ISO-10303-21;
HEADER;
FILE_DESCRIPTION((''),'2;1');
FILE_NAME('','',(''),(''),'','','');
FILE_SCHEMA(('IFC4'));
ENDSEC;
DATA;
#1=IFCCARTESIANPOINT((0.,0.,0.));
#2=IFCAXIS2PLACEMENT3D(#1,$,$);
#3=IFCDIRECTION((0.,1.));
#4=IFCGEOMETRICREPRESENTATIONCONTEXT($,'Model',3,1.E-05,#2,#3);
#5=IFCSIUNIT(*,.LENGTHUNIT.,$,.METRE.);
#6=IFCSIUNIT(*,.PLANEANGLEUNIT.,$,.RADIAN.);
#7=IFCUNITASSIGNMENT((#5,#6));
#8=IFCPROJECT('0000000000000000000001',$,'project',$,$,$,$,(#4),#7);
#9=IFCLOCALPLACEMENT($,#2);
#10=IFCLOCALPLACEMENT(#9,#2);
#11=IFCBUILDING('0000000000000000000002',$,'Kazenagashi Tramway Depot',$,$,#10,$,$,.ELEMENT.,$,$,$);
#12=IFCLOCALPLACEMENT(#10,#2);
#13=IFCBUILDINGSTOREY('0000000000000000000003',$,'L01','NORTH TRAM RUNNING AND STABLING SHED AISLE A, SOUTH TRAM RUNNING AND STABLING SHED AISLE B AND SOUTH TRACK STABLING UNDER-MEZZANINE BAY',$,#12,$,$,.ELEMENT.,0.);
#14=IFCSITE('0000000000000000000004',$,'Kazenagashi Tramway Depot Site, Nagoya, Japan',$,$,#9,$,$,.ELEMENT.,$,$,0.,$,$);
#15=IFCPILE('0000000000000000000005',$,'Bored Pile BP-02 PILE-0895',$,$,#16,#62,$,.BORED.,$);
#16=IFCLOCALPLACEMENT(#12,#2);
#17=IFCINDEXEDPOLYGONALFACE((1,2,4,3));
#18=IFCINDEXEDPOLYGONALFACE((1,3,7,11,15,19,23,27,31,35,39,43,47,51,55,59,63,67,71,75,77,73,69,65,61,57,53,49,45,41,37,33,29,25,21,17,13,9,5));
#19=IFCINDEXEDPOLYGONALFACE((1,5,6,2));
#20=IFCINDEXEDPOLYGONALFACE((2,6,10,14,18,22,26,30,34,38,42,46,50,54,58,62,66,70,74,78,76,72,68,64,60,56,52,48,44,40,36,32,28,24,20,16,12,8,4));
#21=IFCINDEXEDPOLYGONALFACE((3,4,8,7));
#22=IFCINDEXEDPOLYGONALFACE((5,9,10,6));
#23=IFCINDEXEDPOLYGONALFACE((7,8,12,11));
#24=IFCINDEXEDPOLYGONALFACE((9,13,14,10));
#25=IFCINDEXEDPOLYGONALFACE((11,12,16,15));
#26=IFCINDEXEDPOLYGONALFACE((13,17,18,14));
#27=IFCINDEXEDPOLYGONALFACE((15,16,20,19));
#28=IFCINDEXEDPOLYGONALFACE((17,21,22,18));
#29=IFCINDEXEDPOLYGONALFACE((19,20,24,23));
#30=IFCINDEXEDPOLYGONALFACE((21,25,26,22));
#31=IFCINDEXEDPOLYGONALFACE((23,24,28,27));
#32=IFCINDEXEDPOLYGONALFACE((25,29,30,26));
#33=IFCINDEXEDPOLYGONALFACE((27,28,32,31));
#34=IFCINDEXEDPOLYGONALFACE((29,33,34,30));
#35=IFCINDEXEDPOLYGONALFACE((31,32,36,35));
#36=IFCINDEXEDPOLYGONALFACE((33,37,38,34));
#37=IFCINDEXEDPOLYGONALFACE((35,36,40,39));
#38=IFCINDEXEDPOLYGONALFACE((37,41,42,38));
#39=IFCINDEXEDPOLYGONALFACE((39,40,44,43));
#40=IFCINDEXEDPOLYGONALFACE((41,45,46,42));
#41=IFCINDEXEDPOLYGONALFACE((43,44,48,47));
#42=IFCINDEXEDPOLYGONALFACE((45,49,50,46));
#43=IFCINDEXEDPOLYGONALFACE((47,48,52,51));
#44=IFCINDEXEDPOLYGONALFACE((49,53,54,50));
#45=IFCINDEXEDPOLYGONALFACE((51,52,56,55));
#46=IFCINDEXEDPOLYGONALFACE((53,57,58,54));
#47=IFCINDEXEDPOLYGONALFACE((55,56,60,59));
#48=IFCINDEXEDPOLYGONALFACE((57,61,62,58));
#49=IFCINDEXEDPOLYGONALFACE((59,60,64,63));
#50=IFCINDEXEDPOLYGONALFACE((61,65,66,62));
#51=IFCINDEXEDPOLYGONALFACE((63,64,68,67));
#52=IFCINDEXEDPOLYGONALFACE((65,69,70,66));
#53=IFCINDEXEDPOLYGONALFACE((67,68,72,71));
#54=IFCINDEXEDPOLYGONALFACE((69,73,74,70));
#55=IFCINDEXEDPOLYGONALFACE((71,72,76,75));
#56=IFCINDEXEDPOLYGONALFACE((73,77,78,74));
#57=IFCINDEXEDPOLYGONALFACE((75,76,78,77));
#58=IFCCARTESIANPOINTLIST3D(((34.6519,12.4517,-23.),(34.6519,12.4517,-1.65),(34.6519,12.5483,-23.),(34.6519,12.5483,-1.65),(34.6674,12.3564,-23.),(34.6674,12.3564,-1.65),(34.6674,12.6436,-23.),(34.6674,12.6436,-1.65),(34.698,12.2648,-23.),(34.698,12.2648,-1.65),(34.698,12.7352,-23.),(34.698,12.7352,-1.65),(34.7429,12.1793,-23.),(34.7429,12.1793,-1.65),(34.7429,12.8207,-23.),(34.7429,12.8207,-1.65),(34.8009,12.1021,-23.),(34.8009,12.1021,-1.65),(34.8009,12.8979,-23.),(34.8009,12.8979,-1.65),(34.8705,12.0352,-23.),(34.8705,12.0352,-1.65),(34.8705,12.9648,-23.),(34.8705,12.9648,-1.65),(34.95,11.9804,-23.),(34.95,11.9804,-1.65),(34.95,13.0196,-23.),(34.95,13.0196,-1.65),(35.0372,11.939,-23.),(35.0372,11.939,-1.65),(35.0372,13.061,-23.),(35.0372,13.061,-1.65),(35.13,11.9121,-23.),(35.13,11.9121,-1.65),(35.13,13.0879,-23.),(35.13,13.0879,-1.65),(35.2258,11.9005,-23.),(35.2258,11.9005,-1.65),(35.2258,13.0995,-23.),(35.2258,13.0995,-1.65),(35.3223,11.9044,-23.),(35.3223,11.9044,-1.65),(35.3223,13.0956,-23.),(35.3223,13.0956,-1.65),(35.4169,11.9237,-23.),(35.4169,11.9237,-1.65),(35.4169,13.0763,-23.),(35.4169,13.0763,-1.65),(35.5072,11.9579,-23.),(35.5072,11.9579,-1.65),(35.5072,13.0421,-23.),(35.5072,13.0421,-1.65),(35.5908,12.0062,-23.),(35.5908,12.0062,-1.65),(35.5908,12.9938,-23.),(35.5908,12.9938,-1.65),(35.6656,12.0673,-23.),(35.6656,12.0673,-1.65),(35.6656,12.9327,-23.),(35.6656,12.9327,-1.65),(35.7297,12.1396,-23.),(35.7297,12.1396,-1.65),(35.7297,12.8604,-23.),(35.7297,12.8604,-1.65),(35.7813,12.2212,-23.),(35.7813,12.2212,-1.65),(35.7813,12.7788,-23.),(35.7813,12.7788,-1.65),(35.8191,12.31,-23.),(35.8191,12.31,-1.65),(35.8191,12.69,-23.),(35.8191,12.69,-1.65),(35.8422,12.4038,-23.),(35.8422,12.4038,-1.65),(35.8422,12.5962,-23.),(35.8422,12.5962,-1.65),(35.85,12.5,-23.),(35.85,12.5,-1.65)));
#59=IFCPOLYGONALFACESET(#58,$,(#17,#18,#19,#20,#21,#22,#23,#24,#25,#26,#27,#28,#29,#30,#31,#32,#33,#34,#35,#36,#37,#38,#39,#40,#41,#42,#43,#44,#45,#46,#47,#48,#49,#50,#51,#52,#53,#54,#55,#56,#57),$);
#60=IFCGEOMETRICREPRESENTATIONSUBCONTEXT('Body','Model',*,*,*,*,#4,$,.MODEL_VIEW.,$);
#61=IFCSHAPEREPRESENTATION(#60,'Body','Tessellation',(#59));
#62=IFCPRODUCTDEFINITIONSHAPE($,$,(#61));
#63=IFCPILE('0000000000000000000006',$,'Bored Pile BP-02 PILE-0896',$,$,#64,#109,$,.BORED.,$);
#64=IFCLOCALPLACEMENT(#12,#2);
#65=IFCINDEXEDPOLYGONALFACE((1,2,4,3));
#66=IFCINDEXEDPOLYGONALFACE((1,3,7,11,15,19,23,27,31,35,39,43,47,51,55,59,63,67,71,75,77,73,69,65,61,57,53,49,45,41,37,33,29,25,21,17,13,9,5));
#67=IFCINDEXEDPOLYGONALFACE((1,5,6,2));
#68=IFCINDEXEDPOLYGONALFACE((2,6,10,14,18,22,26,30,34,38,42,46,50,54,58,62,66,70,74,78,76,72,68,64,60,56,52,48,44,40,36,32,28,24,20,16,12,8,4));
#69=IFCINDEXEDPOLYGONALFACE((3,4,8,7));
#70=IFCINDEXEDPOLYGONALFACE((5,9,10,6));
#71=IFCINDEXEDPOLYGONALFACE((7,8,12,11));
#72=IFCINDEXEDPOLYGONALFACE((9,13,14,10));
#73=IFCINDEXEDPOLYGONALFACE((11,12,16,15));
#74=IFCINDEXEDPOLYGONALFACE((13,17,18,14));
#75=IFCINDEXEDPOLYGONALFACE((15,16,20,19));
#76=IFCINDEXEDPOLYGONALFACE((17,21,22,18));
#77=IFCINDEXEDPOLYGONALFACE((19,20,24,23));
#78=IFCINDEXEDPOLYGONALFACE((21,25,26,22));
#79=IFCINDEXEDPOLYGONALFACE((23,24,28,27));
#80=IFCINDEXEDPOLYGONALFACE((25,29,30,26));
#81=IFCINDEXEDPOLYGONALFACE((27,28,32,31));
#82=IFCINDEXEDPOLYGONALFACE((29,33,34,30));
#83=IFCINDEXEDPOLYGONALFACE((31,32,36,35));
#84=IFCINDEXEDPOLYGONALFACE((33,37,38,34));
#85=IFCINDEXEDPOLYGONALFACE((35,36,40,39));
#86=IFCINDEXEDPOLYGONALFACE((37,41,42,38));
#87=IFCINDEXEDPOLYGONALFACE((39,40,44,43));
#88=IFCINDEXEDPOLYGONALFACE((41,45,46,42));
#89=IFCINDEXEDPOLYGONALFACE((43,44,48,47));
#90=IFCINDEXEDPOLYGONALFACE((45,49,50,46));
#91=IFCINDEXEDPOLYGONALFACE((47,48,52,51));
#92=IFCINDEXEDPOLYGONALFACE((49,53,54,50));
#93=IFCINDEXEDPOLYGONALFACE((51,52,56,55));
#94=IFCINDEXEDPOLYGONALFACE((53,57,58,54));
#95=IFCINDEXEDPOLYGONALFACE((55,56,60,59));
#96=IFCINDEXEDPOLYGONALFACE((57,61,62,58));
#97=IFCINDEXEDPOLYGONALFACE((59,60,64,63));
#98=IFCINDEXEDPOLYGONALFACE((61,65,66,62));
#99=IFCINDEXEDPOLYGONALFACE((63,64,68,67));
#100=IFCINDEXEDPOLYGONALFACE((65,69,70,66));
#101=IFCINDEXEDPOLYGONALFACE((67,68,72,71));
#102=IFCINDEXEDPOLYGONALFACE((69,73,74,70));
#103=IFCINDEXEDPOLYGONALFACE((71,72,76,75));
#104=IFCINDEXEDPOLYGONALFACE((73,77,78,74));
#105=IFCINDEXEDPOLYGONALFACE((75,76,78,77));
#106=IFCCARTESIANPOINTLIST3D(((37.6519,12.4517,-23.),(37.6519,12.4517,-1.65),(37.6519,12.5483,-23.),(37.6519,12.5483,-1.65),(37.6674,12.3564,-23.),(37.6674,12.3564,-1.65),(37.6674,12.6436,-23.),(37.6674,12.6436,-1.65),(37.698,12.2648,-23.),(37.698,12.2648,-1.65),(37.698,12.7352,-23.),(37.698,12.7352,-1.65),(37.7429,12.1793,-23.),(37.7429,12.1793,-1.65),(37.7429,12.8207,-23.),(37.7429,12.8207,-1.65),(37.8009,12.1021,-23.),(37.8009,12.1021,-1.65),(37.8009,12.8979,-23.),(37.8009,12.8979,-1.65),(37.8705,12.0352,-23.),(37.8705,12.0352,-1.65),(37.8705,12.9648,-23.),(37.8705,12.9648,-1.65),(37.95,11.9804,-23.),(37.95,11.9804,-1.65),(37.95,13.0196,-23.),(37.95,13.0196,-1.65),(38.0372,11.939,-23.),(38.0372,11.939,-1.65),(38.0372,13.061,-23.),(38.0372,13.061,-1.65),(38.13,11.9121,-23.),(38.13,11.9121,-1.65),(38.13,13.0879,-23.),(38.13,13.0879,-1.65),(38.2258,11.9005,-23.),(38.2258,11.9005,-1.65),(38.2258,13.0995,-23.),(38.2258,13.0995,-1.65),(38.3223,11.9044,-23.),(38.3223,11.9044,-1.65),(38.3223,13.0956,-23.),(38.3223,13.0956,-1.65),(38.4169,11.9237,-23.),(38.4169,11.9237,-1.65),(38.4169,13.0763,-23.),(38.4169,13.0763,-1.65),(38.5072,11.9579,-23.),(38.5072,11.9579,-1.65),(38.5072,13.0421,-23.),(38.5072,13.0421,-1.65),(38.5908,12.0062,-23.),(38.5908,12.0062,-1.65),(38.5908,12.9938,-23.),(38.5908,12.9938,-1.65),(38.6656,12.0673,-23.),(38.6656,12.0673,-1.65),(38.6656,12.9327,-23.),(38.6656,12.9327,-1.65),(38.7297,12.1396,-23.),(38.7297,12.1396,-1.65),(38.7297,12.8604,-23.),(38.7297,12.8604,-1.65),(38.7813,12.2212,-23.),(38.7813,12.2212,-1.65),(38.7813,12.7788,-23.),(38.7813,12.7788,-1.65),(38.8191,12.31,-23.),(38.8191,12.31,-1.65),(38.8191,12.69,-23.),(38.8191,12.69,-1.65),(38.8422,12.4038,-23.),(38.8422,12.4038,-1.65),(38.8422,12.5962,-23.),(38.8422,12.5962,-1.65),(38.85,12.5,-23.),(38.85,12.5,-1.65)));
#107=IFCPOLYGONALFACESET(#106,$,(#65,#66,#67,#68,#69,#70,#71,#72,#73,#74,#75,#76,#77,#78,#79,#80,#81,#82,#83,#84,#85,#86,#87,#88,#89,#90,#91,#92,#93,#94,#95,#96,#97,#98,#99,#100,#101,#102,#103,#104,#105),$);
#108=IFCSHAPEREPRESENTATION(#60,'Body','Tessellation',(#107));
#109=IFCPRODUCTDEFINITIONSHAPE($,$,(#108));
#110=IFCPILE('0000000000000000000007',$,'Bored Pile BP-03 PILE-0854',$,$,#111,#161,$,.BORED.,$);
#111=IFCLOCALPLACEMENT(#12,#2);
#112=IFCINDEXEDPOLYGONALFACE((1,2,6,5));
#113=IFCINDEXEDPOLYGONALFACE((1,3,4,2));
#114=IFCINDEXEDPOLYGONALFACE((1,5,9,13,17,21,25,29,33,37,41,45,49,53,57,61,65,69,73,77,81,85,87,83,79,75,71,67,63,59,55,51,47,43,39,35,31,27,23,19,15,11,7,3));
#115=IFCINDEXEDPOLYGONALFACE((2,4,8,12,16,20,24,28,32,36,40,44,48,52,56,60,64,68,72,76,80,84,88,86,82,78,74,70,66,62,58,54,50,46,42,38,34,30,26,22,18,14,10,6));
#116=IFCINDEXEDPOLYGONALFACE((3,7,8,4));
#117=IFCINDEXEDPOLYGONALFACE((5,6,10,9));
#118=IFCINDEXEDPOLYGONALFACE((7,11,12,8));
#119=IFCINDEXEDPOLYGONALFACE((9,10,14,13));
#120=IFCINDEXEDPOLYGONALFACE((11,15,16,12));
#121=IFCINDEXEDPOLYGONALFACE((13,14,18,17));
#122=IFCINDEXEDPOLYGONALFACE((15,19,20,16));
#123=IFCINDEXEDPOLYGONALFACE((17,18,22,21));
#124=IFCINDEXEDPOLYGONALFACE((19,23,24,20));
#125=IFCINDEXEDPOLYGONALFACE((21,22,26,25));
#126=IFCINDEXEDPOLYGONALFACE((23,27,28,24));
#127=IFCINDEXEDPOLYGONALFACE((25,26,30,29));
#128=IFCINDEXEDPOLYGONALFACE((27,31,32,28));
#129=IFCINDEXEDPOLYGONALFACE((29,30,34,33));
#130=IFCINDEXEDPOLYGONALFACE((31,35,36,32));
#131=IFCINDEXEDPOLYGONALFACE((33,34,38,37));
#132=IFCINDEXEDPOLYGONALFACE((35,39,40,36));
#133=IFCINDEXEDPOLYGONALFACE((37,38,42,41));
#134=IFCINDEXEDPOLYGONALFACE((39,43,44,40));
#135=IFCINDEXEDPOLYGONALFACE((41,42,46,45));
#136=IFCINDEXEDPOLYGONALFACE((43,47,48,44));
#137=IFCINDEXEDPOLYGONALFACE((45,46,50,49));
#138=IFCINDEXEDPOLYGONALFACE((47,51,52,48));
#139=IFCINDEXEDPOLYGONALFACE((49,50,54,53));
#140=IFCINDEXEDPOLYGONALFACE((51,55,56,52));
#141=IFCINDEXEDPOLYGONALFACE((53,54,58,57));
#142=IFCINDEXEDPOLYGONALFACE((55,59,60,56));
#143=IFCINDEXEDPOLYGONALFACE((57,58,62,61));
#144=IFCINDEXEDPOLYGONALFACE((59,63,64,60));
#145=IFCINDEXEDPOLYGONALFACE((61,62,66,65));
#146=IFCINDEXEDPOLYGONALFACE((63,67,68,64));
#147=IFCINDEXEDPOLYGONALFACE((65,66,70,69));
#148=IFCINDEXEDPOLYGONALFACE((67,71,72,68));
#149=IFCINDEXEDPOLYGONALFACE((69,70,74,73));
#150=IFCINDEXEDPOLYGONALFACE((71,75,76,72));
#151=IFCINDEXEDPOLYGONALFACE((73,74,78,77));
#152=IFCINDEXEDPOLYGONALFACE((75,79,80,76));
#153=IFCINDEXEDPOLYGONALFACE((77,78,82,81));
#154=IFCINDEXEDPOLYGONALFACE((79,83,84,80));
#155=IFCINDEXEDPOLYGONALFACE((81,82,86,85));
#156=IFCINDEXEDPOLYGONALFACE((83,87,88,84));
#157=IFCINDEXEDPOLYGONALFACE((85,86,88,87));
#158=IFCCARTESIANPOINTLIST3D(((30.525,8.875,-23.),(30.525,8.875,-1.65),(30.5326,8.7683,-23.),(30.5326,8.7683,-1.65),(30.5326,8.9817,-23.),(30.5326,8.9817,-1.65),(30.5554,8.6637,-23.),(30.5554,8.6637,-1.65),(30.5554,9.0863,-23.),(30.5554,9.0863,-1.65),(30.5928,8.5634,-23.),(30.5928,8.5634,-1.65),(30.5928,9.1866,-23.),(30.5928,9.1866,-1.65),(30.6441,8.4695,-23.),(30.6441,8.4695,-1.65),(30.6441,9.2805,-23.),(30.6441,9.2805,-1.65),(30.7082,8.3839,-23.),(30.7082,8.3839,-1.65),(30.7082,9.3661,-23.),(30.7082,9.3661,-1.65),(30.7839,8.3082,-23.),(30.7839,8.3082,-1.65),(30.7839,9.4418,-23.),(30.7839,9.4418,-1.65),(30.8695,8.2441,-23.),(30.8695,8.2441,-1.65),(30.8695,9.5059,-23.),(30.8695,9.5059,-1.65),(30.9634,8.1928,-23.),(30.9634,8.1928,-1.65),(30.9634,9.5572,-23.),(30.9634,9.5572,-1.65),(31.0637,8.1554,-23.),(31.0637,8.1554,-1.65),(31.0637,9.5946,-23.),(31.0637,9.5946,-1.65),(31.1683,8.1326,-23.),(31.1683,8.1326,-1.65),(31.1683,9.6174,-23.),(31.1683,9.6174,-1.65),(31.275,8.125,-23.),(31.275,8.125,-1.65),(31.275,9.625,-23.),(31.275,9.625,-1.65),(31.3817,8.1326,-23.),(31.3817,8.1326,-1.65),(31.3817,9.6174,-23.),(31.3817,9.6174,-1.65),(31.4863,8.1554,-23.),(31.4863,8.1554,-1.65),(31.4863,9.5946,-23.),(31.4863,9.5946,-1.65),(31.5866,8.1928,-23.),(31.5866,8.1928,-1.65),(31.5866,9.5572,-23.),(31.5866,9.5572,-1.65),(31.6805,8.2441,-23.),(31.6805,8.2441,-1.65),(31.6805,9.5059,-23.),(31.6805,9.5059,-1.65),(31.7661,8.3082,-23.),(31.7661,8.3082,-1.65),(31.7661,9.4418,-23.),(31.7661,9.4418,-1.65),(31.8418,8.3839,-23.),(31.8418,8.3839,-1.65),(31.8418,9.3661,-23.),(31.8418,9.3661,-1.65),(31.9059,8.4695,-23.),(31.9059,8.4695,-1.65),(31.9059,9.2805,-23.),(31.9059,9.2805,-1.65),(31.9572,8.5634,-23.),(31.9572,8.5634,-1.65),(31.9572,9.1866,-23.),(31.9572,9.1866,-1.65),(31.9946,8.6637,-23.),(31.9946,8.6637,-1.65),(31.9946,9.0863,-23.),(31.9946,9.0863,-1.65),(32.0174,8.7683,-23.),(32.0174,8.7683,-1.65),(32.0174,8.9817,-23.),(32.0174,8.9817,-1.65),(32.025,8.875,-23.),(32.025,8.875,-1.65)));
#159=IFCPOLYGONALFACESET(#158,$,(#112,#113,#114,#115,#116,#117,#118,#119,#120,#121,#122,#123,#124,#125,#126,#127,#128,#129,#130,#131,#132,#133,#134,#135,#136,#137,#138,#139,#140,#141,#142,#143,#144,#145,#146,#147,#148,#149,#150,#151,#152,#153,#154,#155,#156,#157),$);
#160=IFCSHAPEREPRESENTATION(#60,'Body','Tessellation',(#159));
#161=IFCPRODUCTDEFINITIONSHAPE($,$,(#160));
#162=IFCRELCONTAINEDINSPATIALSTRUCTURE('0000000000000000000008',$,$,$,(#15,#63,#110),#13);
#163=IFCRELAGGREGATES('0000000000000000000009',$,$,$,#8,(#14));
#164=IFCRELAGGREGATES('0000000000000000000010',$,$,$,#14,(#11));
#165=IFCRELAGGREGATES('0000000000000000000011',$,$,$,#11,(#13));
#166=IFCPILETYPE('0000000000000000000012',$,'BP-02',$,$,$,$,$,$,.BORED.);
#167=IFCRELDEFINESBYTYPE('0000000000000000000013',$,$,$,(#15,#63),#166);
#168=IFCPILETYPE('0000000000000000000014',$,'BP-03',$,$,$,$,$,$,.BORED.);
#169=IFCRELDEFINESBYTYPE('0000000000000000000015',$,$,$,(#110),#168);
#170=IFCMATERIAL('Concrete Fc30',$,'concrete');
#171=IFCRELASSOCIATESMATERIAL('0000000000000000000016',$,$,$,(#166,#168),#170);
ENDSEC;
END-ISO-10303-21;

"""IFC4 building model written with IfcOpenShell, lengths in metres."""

from ifc_helpers import new_model, si_unit, direction, frame, origin, origin_2d, place, context, subcontext, project, spatial, circle, extrude, material, material_profile, profile_set, type_object, element, save


model = new_model("IFC4")

# Units and contexts
model_context = context("Model", 3, precision=1e-05, world=origin(), true_north=direction((0.0, 1.0)))
body_context = subcontext(model_context, "Body", "Model", "MODEL_VIEW")
ifc_project = project(units=[si_unit("LENGTHUNIT", "METRE"), si_unit("PLANEANGLEUNIT", "RADIAN")], contexts=[model_context])

# Site, building, storey
site_placement = place(None, origin())
site = spatial("IfcSite", under=ifc_project, at=site_placement, Name="Kazenagashi Tramway Depot Site, Nagoya, Japan", CompositionType="ELEMENT", RefElevation=0.0)
building_placement = place(site_placement, origin())
building = spatial("IfcBuilding", under=site, at=building_placement, Name="Kazenagashi Tramway Depot", CompositionType="ELEMENT")
storey_placement = place(building_placement, origin())
storey = spatial("IfcBuildingStorey", under=building, at=storey_placement, Name="L01", Description="NORTH TRAM RUNNING AND STABLING SHED AISLE A, SOUTH TRAM RUNNING AND STABLING SHED AISLE B AND SOUTH TRACK STABLING UNDER-MEZZANINE BAY", CompositionType="ELEMENT", Elevation=0.0)

# Piles
ifc_material_1 = material(Name="Concrete Fc30", Category="concrete")
ifc_material_profile_1 = material_profile(ifc_material_1, circle(Radius=0.6, at=origin_2d()), Name="PILE-1200")
ifc_profile_set_1 = profile_set([ifc_material_profile_1], Name="Concrete Fc30")
pile_type_1 = type_object("IfcPileType", Name="BP-02", PredefinedType="BORED", material=ifc_profile_set_1)
for number, where, z_axis, x_axis, name in (
    (1, (35.25, 12.5, -1.65), (0.0, 0.0, -1.0), (1.0, 0.0, 0.0), "Bored Pile BP-02 PILE-0895"),
    (2, (38.25, 12.5, -1.65), (0.0, 0.0, -1.0), (1.0, 0.0, 0.0), "Bored Pile BP-02 PILE-0896"),
):
    element("IfcPile", number, at=place(storey_placement, frame(where, z_axis=z_axis, x_axis=x_axis)), inside=storey, type_object=pile_type_1, Name=name, PredefinedType="BORED", context=body_context, shape_type="SweptSolid", body=[
        extrude(circle(Radius=0.6, at=origin_2d()), origin(), (0.0, 0.0, 1.0), 21.35),
    ])
ifc_material_profile_2 = material_profile(ifc_material_1, circle(Radius=0.75, at=origin_2d()), Name="PILE-1500")
ifc_profile_set_2 = profile_set([ifc_material_profile_2], Name="Concrete Fc30")
pile_type_2 = type_object("IfcPileType", Name="BP-03", PredefinedType="BORED", material=ifc_profile_set_2)
for number, where, z_axis, x_axis, name in (
    (3, (31.275, 8.875, -1.65), (0.0, 0.0, -1.0), (1.0, 0.0, 0.0), "Bored Pile BP-03 PILE-0854"),
):
    element("IfcPile", number, at=place(storey_placement, frame(where, z_axis=z_axis, x_axis=x_axis)), inside=storey, type_object=pile_type_2, Name=name, PredefinedType="BORED", context=body_context, shape_type="SweptSolid", body=[
        extrude(circle(Radius=0.75, at=origin_2d()), origin(), (0.0, 0.0, 1.0), 21.35),
    ])

save(model, "model.ifc")
